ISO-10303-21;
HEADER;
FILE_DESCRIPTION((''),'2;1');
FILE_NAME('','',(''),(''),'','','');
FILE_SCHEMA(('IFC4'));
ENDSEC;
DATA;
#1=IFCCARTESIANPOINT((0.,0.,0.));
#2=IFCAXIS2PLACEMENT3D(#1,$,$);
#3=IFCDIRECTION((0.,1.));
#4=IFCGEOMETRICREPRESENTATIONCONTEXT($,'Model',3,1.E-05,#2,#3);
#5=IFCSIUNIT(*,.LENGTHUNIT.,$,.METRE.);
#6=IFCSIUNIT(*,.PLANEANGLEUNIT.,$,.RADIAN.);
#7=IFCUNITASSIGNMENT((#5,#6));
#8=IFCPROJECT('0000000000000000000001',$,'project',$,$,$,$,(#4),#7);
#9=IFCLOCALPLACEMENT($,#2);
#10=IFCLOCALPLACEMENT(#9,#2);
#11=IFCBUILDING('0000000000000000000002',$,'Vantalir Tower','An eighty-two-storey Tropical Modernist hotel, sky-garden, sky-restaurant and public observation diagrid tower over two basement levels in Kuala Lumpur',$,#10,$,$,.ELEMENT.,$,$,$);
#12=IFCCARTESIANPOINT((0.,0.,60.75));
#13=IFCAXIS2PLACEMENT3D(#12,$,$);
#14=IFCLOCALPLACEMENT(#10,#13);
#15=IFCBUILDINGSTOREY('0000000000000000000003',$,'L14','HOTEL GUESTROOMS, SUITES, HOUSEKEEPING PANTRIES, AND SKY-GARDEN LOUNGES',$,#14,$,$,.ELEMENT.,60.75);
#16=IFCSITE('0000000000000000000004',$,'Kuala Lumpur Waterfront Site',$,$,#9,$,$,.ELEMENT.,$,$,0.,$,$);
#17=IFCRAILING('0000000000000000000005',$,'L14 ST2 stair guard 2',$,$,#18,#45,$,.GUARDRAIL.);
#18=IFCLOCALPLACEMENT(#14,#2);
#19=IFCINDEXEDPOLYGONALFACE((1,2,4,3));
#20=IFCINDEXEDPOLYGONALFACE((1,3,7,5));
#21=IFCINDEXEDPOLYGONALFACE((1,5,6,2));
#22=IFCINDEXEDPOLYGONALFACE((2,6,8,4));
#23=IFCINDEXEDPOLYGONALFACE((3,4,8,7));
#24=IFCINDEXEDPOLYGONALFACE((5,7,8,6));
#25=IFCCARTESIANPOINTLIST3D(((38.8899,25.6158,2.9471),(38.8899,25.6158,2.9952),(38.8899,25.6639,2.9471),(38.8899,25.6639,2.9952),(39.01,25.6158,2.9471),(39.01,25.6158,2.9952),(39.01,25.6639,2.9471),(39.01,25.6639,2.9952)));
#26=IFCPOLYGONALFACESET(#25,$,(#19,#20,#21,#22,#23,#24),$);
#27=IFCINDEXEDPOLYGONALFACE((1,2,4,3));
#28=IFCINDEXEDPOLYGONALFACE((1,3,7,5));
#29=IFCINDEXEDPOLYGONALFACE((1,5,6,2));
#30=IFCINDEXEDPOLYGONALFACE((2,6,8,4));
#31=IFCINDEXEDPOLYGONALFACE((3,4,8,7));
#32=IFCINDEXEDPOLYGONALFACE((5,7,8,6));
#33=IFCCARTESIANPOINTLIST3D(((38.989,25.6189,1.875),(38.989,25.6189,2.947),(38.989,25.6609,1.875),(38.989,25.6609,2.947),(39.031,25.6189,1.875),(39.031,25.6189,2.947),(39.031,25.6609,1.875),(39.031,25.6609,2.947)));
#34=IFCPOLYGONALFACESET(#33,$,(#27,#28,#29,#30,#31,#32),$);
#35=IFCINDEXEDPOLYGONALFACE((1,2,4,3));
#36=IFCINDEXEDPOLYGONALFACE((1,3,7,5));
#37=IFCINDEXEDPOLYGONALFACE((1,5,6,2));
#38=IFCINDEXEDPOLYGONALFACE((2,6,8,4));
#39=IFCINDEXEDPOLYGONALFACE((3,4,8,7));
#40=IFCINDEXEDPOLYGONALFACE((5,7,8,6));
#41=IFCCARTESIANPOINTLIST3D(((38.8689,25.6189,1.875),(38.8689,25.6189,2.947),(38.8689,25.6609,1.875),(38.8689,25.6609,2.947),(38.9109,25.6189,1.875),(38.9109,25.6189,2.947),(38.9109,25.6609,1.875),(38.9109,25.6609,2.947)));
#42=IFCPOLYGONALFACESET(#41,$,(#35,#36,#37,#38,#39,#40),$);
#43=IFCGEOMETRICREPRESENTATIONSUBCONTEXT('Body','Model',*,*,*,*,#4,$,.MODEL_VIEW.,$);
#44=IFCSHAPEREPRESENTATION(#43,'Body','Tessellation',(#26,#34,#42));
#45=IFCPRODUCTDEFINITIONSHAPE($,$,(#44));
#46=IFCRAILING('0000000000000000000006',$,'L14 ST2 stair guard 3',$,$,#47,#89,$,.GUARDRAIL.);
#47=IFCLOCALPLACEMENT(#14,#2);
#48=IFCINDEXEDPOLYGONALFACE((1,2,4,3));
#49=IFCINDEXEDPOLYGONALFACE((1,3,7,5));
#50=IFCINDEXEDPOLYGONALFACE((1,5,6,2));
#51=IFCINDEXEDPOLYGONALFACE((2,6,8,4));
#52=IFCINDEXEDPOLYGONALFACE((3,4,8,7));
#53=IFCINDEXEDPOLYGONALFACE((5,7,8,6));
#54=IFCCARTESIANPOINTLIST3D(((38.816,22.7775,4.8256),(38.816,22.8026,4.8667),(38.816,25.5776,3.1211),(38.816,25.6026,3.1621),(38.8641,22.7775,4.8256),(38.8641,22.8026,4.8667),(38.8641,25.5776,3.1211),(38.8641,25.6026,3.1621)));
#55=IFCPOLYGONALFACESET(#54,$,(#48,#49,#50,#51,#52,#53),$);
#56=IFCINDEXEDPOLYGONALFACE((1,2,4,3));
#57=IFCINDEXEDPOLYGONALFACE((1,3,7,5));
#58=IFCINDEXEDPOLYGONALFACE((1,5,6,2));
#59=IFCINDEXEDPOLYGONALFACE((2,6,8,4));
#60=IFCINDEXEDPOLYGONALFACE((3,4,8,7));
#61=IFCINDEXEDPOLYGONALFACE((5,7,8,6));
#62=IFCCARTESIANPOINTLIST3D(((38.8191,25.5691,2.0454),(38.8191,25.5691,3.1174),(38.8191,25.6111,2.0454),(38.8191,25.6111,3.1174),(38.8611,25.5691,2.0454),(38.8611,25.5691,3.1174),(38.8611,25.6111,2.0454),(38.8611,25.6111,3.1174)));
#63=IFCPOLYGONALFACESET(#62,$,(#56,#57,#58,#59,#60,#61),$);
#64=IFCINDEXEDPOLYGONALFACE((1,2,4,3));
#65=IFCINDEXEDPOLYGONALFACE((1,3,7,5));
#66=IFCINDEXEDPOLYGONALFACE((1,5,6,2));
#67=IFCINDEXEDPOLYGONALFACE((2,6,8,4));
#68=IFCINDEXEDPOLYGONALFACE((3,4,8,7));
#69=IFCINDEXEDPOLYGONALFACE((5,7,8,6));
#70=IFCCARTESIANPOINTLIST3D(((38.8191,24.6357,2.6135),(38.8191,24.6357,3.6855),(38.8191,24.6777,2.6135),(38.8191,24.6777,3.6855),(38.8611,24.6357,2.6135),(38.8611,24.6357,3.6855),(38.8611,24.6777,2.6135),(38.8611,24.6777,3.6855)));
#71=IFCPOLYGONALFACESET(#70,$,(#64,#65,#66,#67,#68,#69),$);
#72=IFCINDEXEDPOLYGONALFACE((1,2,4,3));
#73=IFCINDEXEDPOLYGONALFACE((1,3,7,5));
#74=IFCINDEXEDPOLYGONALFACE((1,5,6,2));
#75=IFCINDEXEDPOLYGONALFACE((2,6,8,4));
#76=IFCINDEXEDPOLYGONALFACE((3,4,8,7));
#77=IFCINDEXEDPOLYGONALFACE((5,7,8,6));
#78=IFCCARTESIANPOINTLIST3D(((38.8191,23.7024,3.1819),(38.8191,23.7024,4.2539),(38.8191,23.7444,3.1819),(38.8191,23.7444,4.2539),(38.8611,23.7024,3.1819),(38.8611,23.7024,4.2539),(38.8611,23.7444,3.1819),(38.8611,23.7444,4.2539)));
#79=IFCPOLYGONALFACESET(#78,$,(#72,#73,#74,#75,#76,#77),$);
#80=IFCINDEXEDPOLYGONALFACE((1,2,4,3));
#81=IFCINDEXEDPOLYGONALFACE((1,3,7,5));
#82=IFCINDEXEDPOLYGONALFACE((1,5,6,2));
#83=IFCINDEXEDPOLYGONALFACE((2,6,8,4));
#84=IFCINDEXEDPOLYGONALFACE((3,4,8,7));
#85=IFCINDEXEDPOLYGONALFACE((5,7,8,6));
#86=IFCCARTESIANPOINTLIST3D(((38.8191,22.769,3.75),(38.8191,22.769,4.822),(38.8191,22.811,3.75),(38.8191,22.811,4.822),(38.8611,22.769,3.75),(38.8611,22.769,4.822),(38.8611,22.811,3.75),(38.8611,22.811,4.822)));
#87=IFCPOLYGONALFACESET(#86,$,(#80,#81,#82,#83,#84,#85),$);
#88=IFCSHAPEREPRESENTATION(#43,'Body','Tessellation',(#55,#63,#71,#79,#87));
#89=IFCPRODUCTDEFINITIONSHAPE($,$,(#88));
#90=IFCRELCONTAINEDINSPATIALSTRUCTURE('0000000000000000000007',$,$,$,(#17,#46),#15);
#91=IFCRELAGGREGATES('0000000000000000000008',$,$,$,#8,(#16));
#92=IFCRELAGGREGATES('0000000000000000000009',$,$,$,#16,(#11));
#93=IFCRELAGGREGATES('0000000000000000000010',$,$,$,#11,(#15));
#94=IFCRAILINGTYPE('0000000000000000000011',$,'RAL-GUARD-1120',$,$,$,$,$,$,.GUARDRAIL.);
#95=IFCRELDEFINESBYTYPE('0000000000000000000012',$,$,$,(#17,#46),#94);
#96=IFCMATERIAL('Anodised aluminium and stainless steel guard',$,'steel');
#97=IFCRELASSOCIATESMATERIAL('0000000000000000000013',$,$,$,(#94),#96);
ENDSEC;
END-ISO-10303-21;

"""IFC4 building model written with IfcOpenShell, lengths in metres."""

from ifc_helpers import new_model, si_unit, direction, frame, origin, origin_2d, place, context, subcontext, project, spatial, rectangle, extrude, material, type_object, element, save


model = new_model("IFC4")

# Units and contexts
model_context = context("Model", 3, precision=1e-05, world=origin(), true_north=direction((0.0, 1.0)))
body_context = subcontext(model_context, "Body", "Model", "MODEL_VIEW")
ifc_project = project(units=[si_unit("LENGTHUNIT", "METRE"), si_unit("PLANEANGLEUNIT", "RADIAN")], contexts=[model_context])

# Site, building, storey
site_placement = place(None, origin())
site = spatial("IfcSite", under=ifc_project, at=site_placement, Name="Kuala Lumpur Waterfront Site", CompositionType="ELEMENT", RefElevation=0.0)
building_placement = place(site_placement, origin())
building = spatial("IfcBuilding", under=site, at=building_placement, Name="Vantalir Tower", Description="An eighty-two-storey Tropical Modernist hotel, sky-garden, sky-restaurant and public observation diagrid tower over two basement levels in Kuala Lumpur", CompositionType="ELEMENT")
storey_placement = place(building_placement, frame((0.0, 0.0, 60.75)))
storey = spatial("IfcBuildingStorey", under=building, at=storey_placement, Name="L14", Description="HOTEL GUESTROOMS, SUITES, HOUSEKEEPING PANTRIES, AND SKY-GARDEN LOUNGES", CompositionType="ELEMENT", Elevation=60.75)

# Railings
ifc_material_1 = material(Name="Anodised aluminium and stainless steel guard", Category="steel")
railing_type = type_object("IfcRailingType", Name="RAL-GUARD-1120", PredefinedType="GUARDRAIL", material=ifc_material_1)
railing_1_placement = place(storey_placement, frame((39.01, 25.6399, 1.875)))
element("IfcRailing", 1, at=railing_1_placement, inside=storey, type_object=railing_type, Name="L14 ST2 stair guard 2", PredefinedType="GUARDRAIL", context=body_context, shape_type="SweptSolid", body=[
    extrude(rectangle(XDim=0.0481, YDim=0.0481, at=origin_2d()), frame((0.0, 0.0, 1.0962), z_axis=(-1.0, 0.0, 0.0), x_axis=(0.0, -1.0, 0.0)), (0.0, 0.0, 1.0), 0.1201),
    extrude(rectangle(XDim=0.042, YDim=0.042, at=origin_2d()), origin(), (0.0, 0.0, 1.0), 1.072),
    extrude(rectangle(XDim=0.042, YDim=0.042, at=origin_2d()), frame((-0.1201, 0.0, 0.0)), (0.0, 0.0, 1.0), 1.072),
])
railing_2_placement = place(storey_placement, frame((38.8401, 25.5901, 2.0454)))
element("IfcRailing", 2, at=railing_2_placement, inside=storey, type_object=railing_type, Name="L14 ST2 stair guard 3", PredefinedType="GUARDRAIL", context=body_context, shape_type="SweptSolid", body=[
    extrude(rectangle(XDim=0.0481, YDim=0.0481, at=origin_2d()), frame((0.0, 0.0, 1.0962), z_axis=(0.0, -0.85417, 0.519994), x_axis=(1.0, 0.0, 0.0)), (0.0, 0.0, 1.0), 3.2781),
    extrude(rectangle(XDim=0.042, YDim=0.042, at=origin_2d()), origin(), (0.0, 0.0, 1.0), 1.072),
    extrude(rectangle(XDim=0.042, YDim=0.042, at=origin_2d()), frame((0.0, -0.9333, 0.5681)), (0.0, 0.0, 1.0), 1.072),
    extrude(rectangle(XDim=0.042, YDim=0.042, at=origin_2d()), frame((0.0, -1.8667, 1.1365)), (0.0, 0.0, 1.0), 1.072),
    extrude(rectangle(XDim=0.042, YDim=0.042, at=origin_2d()), frame((0.0, -2.8, 1.7046)), (0.0, 0.0, 1.0), 1.072),
])

save(model, "model.ifc")
